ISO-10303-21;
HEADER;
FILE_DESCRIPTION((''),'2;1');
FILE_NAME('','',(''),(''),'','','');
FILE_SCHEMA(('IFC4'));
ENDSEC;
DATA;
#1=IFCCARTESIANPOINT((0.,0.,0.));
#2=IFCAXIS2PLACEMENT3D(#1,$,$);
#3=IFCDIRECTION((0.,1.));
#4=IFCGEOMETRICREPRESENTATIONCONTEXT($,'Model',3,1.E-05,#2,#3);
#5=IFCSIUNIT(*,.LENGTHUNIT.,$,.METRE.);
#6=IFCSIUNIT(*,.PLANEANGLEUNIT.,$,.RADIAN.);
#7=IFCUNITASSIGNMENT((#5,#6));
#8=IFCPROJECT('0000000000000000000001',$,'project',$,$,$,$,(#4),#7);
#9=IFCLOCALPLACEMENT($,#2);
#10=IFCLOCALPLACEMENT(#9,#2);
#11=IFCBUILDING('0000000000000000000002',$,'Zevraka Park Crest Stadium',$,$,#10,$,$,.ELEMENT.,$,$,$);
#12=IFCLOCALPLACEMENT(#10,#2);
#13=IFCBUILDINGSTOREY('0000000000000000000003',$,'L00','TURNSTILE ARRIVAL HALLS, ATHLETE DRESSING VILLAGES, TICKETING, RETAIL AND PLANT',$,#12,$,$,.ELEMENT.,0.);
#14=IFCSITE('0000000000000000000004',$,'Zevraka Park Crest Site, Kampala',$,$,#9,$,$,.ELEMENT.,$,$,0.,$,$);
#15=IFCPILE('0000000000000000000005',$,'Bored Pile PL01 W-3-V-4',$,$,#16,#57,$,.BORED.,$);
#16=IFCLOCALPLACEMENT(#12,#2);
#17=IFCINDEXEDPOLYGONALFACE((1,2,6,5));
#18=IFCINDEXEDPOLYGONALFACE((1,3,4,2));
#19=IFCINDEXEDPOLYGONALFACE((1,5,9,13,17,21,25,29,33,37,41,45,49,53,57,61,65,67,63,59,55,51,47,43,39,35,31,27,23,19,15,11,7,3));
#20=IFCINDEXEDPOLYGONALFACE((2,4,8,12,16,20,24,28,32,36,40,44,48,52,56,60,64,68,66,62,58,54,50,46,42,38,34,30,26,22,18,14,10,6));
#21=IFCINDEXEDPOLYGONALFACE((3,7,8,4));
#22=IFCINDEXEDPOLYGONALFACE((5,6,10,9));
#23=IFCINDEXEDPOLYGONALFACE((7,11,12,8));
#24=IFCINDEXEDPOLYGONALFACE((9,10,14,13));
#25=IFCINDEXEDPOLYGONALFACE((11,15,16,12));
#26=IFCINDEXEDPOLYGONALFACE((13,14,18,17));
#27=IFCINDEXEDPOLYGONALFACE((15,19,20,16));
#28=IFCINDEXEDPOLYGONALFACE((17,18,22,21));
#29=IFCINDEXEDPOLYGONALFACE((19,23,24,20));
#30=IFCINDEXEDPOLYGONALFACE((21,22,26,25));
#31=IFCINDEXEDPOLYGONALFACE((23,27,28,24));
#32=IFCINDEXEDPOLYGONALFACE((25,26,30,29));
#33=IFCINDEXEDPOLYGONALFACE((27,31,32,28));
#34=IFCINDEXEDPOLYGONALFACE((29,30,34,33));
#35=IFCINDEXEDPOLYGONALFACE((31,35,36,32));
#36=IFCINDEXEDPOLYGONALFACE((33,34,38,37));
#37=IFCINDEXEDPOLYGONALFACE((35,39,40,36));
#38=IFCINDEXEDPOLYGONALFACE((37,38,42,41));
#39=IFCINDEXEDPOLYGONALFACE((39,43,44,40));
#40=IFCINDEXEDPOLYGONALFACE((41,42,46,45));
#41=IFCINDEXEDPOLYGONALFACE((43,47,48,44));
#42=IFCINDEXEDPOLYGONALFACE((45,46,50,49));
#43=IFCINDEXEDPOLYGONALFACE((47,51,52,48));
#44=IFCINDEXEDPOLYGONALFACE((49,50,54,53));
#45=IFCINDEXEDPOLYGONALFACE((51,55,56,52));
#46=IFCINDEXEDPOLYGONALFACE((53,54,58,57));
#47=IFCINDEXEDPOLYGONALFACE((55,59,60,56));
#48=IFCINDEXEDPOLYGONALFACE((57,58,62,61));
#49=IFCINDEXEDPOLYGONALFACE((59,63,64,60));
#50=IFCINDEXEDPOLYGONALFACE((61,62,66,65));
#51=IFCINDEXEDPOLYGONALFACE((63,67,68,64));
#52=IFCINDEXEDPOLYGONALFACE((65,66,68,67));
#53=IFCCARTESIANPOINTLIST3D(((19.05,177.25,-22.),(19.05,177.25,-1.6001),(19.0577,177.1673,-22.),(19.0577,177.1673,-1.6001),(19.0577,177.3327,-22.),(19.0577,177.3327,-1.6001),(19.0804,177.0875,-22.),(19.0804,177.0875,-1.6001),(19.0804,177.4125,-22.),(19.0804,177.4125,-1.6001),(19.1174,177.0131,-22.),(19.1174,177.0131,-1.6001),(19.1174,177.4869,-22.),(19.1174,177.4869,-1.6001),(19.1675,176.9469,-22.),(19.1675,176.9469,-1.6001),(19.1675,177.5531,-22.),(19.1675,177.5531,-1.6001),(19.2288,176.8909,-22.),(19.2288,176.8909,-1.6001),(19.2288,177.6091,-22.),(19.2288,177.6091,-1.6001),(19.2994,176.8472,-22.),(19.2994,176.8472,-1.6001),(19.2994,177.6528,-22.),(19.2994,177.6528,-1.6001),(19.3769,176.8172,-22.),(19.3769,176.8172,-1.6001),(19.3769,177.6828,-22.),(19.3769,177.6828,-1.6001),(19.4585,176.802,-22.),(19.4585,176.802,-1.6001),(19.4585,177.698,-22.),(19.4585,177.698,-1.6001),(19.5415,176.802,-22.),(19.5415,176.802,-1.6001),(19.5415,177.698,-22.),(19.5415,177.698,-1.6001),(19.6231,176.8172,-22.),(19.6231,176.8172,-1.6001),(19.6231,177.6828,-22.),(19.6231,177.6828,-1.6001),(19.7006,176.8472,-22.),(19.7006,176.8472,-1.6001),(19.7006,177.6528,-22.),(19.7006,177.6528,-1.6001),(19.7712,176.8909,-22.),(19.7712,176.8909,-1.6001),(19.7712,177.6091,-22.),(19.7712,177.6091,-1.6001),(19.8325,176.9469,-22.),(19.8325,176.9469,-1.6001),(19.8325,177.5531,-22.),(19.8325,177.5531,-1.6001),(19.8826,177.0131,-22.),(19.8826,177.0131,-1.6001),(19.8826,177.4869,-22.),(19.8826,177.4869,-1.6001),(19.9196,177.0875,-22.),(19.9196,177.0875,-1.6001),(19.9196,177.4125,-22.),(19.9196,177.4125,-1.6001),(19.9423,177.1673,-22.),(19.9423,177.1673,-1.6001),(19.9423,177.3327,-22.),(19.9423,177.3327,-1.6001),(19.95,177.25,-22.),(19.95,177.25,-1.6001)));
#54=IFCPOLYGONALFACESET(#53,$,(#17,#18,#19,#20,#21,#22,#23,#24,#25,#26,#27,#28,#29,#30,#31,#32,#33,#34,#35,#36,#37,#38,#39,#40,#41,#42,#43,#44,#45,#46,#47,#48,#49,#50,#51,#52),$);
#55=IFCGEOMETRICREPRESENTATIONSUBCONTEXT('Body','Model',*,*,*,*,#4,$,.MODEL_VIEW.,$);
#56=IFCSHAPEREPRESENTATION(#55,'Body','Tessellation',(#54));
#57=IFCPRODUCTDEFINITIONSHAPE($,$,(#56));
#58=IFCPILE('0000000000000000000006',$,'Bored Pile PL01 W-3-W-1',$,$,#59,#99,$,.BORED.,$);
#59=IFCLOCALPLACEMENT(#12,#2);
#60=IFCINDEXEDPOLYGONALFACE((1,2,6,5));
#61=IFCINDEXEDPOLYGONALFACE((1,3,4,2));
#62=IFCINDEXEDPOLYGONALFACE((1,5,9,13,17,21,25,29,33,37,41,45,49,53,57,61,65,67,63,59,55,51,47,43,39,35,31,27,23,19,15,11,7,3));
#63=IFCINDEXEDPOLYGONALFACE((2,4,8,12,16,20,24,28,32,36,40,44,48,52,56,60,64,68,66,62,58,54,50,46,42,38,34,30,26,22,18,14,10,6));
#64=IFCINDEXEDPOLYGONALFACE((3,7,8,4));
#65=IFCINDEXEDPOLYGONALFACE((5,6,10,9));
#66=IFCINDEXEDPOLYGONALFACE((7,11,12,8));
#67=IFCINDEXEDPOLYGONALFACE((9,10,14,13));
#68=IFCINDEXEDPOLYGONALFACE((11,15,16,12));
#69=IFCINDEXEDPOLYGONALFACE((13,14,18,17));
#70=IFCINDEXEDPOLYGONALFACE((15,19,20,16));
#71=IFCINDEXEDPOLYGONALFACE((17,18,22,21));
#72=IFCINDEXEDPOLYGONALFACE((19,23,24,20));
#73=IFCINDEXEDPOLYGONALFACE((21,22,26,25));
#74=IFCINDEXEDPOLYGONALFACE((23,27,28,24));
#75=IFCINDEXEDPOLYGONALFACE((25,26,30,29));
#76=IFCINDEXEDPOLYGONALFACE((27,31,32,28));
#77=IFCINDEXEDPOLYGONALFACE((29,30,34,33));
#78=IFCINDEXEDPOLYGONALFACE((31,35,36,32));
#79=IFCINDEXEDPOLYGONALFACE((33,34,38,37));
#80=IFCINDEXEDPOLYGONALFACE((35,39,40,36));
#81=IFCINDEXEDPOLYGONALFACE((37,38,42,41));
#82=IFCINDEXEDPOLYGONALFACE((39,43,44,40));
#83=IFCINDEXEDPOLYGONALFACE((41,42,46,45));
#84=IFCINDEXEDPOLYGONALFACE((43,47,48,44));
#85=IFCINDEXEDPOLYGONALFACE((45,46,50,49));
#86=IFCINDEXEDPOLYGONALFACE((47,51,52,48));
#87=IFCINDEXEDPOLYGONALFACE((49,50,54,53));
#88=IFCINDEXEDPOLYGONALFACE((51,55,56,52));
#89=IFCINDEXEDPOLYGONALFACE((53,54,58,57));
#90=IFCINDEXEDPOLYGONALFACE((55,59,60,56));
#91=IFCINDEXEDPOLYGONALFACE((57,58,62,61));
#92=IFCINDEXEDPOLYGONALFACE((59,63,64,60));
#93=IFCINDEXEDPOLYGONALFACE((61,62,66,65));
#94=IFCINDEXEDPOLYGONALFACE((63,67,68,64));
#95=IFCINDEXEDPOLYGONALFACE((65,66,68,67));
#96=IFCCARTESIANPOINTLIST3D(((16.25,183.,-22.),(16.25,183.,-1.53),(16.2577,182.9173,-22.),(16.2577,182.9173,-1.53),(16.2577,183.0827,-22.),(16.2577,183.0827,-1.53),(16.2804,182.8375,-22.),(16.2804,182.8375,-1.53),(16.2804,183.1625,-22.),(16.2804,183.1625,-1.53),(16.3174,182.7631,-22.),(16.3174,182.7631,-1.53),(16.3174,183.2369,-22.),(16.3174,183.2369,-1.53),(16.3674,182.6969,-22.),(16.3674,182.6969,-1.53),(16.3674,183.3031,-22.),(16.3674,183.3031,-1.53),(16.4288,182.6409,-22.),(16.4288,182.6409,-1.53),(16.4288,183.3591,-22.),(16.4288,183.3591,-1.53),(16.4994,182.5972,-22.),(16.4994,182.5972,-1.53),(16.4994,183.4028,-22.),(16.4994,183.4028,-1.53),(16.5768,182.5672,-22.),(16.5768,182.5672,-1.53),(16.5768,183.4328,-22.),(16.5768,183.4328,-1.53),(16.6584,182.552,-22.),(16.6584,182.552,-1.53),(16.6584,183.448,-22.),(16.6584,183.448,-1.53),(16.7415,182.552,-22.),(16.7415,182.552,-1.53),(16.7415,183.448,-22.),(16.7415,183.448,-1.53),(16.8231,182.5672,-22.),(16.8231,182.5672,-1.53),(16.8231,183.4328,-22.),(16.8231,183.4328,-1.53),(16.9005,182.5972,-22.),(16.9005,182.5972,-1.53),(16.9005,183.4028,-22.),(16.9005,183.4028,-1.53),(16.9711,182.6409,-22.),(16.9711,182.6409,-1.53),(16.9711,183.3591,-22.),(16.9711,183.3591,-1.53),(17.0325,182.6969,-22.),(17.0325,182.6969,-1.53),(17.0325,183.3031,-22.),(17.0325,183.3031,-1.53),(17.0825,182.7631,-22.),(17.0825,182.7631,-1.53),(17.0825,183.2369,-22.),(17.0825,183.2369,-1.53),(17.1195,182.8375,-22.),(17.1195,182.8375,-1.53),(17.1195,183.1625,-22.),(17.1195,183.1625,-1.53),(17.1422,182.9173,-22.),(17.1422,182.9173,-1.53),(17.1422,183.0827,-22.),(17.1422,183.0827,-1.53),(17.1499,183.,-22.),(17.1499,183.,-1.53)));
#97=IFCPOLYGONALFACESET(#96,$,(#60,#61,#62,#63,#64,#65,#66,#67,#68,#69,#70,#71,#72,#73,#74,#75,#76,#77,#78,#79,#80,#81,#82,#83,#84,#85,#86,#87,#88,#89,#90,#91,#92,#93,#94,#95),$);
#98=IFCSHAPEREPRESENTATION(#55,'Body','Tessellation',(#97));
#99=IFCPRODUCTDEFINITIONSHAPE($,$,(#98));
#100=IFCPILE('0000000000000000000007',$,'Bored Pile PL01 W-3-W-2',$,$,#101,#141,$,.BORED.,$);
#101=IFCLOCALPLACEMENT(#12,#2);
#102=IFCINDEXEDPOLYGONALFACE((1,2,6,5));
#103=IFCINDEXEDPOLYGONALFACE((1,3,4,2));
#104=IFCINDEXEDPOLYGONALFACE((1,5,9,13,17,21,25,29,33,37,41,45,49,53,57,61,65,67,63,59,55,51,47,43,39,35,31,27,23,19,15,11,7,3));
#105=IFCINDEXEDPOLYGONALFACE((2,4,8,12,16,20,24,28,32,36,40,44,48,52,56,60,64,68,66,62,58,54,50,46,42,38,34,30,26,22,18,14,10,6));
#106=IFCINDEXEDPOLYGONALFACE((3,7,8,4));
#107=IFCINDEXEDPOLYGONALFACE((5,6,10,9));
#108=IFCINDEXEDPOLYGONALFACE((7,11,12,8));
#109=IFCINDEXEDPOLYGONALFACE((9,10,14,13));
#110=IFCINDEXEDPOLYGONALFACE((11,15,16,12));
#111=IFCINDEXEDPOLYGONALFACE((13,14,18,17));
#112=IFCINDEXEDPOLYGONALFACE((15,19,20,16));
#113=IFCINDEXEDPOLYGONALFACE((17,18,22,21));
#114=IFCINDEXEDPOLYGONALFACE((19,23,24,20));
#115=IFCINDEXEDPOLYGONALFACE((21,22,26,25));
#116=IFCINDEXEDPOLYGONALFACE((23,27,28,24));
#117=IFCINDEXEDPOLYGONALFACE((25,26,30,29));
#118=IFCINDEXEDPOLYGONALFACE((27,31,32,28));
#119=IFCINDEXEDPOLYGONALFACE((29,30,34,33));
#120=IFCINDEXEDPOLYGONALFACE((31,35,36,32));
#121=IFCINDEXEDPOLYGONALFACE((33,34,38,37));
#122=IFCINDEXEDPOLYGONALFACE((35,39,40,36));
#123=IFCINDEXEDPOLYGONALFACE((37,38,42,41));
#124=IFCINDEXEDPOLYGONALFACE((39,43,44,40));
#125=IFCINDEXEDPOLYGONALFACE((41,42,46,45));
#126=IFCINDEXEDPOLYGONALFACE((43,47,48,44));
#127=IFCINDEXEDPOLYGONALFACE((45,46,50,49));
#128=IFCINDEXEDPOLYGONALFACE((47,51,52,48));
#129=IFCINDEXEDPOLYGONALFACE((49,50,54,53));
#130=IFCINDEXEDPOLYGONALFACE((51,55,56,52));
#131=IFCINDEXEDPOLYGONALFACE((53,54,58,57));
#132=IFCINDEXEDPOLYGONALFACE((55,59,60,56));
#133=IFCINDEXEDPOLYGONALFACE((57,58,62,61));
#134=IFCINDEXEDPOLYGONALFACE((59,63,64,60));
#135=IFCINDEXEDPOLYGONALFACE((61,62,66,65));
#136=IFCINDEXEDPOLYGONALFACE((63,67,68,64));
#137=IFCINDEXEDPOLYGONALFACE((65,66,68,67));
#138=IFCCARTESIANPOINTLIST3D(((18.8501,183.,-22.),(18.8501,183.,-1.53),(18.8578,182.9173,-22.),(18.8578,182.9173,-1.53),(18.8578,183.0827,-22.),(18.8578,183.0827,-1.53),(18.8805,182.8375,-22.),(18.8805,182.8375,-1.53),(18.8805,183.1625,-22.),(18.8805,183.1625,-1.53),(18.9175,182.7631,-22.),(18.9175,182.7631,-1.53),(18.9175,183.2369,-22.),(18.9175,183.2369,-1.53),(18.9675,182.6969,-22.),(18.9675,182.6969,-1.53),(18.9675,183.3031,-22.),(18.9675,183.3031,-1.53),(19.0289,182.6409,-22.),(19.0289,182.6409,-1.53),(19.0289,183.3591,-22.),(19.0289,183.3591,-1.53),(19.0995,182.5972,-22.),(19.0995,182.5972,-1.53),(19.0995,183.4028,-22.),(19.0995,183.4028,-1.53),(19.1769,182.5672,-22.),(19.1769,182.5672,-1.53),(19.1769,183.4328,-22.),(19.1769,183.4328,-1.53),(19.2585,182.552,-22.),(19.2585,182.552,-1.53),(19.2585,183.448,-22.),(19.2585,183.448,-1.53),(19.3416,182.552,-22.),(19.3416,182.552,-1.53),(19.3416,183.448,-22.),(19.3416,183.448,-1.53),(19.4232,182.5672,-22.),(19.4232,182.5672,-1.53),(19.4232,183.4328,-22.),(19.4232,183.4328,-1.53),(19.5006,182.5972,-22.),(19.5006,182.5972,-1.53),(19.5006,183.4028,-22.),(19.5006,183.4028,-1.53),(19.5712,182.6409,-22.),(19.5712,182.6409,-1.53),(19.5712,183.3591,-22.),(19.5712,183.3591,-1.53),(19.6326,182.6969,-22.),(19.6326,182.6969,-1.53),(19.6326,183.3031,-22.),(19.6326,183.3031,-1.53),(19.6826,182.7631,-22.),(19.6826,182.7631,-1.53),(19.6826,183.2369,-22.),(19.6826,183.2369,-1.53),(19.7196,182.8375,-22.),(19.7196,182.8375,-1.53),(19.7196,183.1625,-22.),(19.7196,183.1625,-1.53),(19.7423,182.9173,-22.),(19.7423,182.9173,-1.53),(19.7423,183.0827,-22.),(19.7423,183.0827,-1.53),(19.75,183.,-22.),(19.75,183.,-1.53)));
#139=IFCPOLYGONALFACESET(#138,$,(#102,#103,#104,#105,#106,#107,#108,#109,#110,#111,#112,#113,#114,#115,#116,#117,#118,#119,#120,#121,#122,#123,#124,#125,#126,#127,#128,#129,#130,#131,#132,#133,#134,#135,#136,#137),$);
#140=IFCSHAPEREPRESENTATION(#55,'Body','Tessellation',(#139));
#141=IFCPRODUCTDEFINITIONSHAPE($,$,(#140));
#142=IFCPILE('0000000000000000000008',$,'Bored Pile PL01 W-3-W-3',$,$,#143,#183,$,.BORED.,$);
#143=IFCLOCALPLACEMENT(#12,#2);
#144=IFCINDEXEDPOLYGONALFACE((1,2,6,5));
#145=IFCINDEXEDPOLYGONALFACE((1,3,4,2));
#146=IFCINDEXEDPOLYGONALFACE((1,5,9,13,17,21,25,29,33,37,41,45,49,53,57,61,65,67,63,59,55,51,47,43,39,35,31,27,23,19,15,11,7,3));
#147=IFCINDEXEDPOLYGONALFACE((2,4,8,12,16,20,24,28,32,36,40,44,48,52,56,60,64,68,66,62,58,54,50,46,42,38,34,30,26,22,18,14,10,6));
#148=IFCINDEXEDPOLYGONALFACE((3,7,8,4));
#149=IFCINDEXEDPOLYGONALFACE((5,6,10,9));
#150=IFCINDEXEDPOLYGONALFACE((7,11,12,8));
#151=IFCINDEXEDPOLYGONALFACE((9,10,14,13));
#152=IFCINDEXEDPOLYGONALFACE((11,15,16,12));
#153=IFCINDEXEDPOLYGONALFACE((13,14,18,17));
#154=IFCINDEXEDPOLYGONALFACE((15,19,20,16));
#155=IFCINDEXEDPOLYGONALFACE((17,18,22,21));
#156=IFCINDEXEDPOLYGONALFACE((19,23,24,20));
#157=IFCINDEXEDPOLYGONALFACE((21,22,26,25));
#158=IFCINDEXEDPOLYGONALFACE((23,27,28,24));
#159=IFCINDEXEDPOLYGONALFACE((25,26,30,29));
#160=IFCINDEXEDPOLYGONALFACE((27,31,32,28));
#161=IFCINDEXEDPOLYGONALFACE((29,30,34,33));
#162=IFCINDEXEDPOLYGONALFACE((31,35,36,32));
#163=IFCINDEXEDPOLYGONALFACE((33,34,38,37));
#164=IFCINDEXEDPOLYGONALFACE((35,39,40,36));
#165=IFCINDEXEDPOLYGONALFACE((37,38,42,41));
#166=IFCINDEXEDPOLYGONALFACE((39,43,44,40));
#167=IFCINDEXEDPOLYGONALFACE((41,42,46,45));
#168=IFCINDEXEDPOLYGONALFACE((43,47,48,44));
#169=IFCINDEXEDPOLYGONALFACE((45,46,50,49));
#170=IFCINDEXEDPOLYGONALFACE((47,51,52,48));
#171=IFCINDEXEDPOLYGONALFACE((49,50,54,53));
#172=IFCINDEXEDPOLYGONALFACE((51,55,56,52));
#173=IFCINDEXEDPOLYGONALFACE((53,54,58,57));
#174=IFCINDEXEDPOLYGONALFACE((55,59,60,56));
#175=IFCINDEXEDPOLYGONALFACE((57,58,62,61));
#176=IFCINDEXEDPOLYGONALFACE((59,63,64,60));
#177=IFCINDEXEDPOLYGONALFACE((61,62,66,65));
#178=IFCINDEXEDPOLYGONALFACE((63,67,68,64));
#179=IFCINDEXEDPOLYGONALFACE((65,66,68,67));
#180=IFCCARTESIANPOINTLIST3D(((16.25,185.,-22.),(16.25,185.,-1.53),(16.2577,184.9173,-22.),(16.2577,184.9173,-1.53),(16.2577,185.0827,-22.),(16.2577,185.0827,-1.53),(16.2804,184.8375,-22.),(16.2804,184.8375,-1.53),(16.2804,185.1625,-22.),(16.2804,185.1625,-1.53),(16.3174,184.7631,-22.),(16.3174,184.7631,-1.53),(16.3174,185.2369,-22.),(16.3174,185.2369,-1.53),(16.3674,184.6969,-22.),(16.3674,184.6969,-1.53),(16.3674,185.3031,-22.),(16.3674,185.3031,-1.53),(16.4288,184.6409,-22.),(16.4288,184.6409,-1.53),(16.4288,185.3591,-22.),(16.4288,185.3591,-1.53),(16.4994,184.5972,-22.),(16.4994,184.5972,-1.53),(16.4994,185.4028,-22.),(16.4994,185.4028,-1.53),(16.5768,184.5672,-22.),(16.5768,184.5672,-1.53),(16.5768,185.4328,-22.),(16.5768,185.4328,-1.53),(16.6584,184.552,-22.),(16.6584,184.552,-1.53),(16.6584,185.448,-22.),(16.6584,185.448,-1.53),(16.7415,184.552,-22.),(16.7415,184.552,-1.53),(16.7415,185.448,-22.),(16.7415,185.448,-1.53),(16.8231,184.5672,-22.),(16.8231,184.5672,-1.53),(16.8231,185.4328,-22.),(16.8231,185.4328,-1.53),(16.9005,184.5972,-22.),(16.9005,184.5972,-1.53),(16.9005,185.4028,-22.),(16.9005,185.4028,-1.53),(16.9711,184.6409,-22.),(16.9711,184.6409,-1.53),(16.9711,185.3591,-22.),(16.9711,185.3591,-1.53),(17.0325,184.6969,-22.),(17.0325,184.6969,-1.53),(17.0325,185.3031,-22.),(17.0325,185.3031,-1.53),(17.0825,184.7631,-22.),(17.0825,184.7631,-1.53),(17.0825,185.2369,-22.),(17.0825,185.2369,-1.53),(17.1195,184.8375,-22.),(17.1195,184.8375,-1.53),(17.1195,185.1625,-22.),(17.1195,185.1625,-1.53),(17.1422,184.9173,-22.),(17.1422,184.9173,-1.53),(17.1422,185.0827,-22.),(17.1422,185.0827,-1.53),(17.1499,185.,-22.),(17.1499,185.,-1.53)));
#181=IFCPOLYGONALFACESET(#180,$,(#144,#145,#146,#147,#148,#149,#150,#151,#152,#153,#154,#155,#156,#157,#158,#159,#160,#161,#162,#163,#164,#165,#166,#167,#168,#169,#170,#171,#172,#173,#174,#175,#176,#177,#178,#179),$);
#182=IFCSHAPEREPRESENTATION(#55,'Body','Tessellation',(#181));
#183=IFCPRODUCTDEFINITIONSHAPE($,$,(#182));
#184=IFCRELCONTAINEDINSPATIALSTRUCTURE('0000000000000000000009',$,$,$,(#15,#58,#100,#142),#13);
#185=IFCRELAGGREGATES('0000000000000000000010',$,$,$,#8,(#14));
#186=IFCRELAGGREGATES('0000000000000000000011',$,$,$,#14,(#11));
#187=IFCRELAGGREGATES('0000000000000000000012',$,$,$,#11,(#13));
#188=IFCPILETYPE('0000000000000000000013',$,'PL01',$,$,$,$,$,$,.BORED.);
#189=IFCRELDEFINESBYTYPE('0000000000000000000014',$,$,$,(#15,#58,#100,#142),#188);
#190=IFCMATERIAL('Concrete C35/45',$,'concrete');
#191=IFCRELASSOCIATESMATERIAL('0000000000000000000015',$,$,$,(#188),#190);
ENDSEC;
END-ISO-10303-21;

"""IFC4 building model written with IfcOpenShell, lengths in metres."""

from ifc_helpers import new_model, si_unit, direction, frame, origin, origin_2d, place, context, subcontext, project, spatial, circle, extrude, material, material_profile, profile_set, type_object, element, save


model = new_model("IFC4")

# Units and contexts
model_context = context("Model", 3, precision=1e-05, world=origin(), true_north=direction((0.0, 1.0)))
body_context = subcontext(model_context, "Body", "Model", "MODEL_VIEW")
ifc_project = project(units=[si_unit("LENGTHUNIT", "METRE"), si_unit("PLANEANGLEUNIT", "RADIAN")], contexts=[model_context])

# Site, building, storey
site_placement = place(None, origin())
site = spatial("IfcSite", under=ifc_project, at=site_placement, Name="Zevraka Park Crest Site, Kampala", CompositionType="ELEMENT", RefElevation=0.0)
building_placement = place(site_placement, origin())
building = spatial("IfcBuilding", under=site, at=building_placement, Name="Zevraka Park Crest Stadium", CompositionType="ELEMENT")
storey_placement = place(building_placement, origin())
storey = spatial("IfcBuildingStorey", under=building, at=storey_placement, Name="L00", Description="TURNSTILE ARRIVAL HALLS, ATHLETE DRESSING VILLAGES, TICKETING, RETAIL AND PLANT", CompositionType="ELEMENT", Elevation=0.0)

# Piles
ifc_material_1 = material(Name="Concrete C35/45", Category="concrete")
ifc_material_profile_1 = material_profile(ifc_material_1, circle(Radius=0.45, at=origin_2d()), Name="PILE D900")
ifc_profile_set_1 = profile_set([ifc_material_profile_1], Name="Concrete C35/45")
pile_type_1 = type_object("IfcPileType", Name="PL01", PredefinedType="BORED", material=ifc_profile_set_1)
for number, where, z_axis, x_axis, name in (
    (1, (19.5, 177.25, -1.6001), (0.0, 0.0, -1.0), (1.0, 0.0, 0.0), "Bored Pile PL01 W-3-V-4"),
):
    element("IfcPile", number, at=place(storey_placement, frame(where, z_axis=z_axis, x_axis=x_axis)), inside=storey, type_object=pile_type_1, Name=name, PredefinedType="BORED", context=body_context, shape_type="SweptSolid", body=[
        extrude(circle(Radius=0.45, at=origin_2d()), origin(), (0.0, 0.0, 1.0), 20.3999),
    ])
for number, where, z_axis, x_axis, name in (
    (2, (16.7, 183.0, -1.53), (0.0, 0.0, -1.0), (1.0, 0.0, 0.0), "Bored Pile PL01 W-3-W-1"),
    (3, (19.3, 183.0, -1.53), (0.0, 0.0, -1.0), (1.0, 0.0, 0.0), "Bored Pile PL01 W-3-W-2"),
    (4, (16.7, 185.0, -1.53), (0.0, 0.0, -1.0), (1.0, 0.0, 0.0), "Bored Pile PL01 W-3-W-3"),
):
    element("IfcPile", number, at=place(storey_placement, frame(where, z_axis=z_axis, x_axis=x_axis)), inside=storey, type_object=pile_type_1, Name=name, PredefinedType="BORED", context=body_context, shape_type="SweptSolid", body=[
        extrude(circle(Radius=0.45, at=origin_2d()), origin(), (0.0, 0.0, 1.0), 20.47),
    ])

save(model, "model.ifc")
